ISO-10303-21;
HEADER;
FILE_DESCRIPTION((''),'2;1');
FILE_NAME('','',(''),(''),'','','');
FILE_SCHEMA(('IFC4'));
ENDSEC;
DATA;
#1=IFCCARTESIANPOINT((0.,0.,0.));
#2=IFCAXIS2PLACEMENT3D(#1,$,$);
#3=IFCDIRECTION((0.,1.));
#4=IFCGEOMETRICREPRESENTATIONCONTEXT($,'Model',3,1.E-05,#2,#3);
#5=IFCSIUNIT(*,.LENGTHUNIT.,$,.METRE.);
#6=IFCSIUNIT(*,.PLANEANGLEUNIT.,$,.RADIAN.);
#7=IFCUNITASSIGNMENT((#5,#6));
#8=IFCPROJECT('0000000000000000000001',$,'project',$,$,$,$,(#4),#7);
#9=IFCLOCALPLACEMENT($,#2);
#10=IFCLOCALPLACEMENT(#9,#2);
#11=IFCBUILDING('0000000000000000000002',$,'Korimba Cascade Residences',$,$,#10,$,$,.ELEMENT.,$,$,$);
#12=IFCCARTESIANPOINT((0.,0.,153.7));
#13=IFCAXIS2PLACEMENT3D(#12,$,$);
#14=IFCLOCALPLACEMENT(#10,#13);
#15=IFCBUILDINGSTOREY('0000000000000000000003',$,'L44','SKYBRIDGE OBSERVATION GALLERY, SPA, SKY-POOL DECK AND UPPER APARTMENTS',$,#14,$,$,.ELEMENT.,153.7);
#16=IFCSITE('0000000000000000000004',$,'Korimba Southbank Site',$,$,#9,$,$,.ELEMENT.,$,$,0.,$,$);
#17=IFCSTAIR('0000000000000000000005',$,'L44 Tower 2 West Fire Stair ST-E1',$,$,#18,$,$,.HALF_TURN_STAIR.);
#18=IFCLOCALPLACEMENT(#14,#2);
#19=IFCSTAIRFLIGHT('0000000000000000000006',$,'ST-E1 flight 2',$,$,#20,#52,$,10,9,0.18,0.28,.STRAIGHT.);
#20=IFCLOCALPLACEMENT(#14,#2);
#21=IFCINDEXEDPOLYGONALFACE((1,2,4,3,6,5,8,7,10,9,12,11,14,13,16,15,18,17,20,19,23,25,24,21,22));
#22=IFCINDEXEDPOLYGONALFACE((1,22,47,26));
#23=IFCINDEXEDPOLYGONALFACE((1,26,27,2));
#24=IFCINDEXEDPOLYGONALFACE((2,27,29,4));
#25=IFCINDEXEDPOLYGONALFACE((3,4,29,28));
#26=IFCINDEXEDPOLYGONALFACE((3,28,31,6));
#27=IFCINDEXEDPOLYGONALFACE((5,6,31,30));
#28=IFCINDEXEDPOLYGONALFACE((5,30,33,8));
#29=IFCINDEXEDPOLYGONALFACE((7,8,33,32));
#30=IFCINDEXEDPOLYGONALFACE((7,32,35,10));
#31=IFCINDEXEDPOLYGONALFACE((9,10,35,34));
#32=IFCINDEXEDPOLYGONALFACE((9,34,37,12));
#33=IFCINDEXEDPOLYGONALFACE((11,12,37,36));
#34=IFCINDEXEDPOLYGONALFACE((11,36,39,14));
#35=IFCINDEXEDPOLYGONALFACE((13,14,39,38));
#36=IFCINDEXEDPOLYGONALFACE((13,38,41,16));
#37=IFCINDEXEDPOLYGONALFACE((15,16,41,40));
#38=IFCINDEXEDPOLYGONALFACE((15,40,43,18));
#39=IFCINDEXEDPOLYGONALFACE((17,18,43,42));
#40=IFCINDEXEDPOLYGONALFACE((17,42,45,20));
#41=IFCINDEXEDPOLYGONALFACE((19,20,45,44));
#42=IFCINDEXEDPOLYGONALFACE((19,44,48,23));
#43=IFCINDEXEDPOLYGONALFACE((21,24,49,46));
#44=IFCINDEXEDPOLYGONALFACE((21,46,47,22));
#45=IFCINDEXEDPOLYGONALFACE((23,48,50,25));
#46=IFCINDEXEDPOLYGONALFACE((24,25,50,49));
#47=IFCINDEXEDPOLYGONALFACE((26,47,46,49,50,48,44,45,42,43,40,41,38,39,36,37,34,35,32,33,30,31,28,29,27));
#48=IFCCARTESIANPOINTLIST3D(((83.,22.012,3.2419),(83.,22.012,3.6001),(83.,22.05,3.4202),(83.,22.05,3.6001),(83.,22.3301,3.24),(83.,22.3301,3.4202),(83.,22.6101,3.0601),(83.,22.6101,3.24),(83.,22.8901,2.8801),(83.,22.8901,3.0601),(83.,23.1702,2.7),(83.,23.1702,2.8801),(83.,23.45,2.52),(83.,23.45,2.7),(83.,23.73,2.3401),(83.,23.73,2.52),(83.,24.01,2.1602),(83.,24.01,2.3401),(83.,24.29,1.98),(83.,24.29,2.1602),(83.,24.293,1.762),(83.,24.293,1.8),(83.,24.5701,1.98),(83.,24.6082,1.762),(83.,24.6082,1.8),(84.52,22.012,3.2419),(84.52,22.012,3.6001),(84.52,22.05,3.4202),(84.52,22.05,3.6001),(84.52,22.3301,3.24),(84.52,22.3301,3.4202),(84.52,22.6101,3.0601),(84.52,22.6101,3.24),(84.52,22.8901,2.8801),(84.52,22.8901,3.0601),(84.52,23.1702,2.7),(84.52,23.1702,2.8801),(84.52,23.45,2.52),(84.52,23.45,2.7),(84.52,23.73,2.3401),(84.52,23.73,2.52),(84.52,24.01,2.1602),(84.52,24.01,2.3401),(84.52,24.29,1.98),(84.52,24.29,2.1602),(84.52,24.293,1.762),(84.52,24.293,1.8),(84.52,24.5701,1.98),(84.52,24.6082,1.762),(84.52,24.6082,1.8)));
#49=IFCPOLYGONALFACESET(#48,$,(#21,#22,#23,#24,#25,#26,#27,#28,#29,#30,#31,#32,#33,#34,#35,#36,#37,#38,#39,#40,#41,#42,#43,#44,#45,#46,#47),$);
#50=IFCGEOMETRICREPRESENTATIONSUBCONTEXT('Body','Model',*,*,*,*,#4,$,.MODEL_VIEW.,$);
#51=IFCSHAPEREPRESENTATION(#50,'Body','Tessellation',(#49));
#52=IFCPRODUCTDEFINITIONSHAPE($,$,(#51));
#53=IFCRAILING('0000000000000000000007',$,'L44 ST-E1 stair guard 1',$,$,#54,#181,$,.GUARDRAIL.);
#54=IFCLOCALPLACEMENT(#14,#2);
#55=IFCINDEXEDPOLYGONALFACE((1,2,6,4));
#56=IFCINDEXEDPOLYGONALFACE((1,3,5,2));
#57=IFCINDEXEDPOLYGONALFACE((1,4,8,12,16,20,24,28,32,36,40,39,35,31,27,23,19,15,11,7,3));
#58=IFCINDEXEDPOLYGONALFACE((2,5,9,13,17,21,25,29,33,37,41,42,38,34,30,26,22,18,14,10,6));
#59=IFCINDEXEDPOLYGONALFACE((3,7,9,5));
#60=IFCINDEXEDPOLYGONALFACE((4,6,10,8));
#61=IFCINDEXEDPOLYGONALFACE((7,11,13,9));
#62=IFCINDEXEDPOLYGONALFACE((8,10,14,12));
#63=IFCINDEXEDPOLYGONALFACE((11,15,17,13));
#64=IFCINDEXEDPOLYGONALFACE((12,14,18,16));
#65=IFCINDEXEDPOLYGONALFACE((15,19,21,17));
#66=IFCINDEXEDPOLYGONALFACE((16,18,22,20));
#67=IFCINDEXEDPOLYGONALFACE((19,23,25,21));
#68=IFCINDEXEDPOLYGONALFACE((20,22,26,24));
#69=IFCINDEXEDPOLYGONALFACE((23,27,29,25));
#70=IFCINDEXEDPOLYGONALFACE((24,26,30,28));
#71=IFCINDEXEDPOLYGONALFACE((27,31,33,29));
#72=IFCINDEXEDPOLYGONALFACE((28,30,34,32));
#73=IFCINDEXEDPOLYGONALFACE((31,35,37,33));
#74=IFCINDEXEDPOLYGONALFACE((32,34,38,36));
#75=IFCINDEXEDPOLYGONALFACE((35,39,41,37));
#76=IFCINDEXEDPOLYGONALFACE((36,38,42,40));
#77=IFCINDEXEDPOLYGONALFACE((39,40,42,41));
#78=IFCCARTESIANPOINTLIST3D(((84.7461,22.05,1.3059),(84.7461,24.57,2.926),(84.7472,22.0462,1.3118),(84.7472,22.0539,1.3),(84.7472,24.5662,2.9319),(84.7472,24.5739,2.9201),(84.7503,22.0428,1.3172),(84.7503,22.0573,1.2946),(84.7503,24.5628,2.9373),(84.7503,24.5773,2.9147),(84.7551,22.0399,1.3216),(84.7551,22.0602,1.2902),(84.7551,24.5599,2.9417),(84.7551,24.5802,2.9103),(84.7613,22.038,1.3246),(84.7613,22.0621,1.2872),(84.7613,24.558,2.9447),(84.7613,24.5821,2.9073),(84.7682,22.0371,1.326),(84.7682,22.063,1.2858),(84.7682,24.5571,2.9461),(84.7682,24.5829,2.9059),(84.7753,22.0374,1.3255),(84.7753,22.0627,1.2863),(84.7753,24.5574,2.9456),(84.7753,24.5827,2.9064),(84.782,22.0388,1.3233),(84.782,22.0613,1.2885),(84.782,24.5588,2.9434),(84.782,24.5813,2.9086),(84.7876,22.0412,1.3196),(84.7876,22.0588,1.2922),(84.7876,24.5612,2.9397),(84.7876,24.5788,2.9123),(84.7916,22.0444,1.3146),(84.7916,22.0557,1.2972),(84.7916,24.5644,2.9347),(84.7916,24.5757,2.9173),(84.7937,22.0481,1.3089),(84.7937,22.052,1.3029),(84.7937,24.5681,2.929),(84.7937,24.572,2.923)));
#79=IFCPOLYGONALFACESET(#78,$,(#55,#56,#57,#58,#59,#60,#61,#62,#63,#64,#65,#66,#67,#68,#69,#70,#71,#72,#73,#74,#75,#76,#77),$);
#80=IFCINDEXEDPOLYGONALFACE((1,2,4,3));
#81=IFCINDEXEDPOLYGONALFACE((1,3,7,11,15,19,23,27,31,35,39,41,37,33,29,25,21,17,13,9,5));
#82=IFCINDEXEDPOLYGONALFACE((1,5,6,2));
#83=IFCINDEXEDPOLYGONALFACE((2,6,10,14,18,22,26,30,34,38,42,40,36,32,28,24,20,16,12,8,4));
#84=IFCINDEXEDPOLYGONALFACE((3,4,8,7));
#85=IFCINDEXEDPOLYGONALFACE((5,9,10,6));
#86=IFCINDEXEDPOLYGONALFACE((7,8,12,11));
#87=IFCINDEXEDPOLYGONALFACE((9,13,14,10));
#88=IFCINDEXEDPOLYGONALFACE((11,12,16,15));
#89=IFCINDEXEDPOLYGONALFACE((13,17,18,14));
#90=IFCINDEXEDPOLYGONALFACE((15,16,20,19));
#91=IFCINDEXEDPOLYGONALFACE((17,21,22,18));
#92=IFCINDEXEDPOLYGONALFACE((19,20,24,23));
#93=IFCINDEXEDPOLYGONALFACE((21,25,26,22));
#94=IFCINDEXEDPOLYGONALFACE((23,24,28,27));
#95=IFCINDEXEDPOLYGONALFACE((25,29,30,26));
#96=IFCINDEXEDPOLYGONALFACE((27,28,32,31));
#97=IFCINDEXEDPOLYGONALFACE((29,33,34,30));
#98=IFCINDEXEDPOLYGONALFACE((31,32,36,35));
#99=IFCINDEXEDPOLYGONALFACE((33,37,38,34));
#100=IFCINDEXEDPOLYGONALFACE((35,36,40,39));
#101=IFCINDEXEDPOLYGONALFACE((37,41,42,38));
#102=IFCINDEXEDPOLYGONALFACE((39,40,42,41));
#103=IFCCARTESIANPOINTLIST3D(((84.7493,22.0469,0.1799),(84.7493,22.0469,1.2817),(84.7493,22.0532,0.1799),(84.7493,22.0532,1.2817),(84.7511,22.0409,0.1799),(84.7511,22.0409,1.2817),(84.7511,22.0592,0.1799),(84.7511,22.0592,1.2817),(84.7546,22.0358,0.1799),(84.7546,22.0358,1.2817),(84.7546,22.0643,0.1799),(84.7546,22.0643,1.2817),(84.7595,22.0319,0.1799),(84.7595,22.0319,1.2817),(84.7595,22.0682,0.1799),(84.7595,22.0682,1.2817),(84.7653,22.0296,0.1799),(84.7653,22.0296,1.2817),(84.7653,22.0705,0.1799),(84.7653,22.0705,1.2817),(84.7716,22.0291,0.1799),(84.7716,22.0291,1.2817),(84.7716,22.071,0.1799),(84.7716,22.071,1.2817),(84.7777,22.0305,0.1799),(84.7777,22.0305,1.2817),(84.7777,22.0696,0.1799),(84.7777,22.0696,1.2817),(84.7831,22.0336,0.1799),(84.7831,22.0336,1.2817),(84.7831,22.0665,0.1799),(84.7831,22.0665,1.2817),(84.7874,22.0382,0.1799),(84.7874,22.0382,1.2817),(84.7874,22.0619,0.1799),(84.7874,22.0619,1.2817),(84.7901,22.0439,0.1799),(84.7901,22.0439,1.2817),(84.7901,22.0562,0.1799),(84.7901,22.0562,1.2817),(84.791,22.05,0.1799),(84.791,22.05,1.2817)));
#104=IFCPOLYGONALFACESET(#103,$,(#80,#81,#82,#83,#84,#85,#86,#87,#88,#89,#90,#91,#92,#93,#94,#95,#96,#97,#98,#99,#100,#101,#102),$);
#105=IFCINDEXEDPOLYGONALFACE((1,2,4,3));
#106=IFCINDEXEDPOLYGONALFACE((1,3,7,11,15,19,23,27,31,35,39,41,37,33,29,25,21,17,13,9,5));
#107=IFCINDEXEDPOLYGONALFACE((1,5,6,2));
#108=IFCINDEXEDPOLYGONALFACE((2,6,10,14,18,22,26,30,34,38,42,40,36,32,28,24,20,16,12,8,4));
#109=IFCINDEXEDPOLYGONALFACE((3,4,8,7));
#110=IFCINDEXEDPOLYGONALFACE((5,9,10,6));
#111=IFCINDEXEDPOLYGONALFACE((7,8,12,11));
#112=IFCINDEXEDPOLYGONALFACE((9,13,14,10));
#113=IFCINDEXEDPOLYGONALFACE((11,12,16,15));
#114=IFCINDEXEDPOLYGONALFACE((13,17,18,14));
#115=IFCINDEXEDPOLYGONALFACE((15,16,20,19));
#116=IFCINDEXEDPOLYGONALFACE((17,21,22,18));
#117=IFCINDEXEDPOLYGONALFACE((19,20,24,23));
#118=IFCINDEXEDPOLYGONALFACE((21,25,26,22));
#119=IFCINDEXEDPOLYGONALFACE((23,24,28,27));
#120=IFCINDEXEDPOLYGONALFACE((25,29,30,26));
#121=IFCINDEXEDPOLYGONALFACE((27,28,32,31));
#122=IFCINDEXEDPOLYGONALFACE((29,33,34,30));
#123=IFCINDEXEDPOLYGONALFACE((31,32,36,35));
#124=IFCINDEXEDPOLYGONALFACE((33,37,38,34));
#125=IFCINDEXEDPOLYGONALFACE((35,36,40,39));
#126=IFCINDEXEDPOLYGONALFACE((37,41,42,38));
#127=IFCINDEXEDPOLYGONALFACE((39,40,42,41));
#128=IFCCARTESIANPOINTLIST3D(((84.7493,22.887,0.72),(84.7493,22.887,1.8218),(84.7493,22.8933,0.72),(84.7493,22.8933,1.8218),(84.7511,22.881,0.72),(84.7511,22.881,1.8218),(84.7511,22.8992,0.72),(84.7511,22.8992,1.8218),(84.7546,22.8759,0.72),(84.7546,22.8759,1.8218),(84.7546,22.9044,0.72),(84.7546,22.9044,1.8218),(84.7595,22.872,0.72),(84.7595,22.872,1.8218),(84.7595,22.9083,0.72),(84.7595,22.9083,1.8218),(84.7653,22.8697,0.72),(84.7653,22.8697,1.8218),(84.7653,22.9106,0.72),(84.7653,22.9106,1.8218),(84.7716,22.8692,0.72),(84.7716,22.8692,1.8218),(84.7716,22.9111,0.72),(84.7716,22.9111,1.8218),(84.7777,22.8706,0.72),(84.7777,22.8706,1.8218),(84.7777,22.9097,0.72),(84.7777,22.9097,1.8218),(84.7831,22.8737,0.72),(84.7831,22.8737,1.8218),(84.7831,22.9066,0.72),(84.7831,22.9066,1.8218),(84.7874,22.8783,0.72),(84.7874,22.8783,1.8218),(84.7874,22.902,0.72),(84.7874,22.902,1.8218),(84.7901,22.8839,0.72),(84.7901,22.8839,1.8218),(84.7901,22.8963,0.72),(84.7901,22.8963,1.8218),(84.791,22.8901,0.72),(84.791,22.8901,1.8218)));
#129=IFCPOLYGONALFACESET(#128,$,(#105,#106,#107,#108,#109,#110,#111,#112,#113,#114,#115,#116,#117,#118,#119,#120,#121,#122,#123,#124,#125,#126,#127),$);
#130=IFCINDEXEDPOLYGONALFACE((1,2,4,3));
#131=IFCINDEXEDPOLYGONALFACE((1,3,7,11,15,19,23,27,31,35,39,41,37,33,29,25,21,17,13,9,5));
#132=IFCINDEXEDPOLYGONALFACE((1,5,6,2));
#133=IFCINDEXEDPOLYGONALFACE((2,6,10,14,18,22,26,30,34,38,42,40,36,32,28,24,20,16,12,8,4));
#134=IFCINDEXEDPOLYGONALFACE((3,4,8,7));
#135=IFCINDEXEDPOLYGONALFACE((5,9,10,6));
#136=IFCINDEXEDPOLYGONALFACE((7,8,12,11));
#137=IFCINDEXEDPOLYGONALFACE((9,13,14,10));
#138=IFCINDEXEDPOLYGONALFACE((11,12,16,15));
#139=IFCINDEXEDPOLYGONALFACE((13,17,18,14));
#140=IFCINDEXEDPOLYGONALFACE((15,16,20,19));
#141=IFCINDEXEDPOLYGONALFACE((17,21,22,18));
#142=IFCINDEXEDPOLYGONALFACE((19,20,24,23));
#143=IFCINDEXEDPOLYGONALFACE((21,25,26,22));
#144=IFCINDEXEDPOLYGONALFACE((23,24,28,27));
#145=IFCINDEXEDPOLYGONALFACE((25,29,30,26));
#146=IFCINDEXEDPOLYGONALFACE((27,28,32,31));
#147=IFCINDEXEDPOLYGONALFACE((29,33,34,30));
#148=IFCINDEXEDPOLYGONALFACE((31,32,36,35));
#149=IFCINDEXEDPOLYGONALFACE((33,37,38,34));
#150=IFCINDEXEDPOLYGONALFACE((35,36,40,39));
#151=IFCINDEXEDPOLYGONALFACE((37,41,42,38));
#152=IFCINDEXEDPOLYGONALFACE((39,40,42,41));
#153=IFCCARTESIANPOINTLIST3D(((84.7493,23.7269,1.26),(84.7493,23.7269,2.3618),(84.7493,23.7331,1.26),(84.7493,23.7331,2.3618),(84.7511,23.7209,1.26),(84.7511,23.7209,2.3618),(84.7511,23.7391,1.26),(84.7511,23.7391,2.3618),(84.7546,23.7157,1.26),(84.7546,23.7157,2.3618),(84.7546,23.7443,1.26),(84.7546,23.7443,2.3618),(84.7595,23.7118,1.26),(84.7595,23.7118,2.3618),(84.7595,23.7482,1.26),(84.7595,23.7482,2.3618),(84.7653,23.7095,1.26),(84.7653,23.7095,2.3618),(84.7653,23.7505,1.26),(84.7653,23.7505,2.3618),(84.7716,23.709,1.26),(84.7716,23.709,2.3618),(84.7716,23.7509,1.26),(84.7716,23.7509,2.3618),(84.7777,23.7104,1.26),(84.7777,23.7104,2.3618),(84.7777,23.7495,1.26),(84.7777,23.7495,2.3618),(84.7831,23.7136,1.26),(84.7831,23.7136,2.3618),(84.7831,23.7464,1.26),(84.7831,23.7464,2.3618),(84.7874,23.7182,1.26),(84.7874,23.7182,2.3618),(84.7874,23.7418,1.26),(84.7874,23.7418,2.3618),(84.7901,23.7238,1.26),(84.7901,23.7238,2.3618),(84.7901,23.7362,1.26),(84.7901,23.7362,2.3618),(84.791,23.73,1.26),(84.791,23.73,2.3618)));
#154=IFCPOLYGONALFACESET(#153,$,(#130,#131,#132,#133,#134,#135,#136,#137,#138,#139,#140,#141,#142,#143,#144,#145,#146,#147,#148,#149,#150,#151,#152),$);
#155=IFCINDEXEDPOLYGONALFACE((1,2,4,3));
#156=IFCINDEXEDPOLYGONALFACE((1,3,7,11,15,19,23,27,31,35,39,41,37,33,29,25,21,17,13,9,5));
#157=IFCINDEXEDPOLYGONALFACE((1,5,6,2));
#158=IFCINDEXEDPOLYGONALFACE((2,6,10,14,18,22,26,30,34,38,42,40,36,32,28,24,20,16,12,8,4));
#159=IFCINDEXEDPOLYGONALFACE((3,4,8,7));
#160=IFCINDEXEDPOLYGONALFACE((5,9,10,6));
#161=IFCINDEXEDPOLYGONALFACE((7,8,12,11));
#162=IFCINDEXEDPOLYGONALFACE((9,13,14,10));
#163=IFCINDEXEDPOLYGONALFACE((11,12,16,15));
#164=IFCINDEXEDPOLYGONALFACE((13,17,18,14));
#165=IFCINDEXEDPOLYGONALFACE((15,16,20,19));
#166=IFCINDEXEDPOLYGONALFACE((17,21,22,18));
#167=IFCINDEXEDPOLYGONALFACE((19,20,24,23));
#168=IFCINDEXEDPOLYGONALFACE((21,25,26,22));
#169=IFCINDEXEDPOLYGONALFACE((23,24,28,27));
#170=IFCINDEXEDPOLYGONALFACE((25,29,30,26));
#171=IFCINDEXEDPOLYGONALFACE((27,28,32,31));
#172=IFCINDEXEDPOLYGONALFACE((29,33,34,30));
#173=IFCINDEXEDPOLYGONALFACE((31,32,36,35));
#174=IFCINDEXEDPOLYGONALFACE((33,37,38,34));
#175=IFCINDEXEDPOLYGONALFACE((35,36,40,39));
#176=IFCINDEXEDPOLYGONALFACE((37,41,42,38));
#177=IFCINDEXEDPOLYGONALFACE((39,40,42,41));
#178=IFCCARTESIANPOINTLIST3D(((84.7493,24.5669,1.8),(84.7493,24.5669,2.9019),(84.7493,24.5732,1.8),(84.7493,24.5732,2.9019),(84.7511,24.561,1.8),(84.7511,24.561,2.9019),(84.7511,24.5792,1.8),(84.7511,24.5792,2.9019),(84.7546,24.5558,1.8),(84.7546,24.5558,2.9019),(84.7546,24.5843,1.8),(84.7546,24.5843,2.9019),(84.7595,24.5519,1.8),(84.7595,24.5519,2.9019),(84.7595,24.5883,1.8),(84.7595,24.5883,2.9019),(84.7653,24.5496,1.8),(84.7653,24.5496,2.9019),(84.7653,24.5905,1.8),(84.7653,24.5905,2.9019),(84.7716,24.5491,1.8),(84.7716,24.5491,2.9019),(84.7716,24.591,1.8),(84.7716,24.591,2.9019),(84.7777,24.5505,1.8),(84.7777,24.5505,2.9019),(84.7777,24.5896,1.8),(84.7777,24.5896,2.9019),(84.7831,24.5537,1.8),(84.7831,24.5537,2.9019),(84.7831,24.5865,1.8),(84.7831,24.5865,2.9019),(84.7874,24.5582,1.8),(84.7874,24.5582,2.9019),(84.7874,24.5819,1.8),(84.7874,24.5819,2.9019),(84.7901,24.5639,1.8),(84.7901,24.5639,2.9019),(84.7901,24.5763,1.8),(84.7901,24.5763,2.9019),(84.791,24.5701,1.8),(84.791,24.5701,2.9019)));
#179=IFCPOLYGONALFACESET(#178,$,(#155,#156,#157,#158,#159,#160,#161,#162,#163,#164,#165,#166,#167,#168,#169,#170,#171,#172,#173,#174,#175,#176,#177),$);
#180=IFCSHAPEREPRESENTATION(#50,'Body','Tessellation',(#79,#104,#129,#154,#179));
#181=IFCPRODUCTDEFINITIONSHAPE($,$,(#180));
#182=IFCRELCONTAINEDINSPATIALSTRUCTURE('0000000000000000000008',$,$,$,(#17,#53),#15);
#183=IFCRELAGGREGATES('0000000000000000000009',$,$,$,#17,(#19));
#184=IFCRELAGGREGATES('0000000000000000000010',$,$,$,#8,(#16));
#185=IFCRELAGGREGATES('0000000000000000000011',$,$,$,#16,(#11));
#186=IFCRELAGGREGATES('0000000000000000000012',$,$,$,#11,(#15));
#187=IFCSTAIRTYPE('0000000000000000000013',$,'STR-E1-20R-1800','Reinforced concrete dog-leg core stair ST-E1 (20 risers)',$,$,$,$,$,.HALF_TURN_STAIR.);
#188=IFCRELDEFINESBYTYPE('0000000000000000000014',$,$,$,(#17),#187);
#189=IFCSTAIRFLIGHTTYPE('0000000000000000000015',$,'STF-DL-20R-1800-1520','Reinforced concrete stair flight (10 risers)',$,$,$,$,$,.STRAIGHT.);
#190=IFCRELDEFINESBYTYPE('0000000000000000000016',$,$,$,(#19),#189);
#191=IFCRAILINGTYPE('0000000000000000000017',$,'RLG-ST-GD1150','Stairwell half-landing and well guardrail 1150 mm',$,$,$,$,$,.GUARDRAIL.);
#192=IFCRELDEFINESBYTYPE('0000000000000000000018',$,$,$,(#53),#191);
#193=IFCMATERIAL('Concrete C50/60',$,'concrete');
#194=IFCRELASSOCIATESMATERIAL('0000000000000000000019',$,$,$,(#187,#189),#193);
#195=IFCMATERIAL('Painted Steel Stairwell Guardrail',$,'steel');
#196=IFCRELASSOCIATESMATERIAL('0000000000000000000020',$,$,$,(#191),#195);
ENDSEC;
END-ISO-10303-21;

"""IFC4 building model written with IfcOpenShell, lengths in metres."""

from ifc_helpers import new_model, si_unit, direction, frame, origin, origin_2d, place, context, subcontext, project, spatial, polyline, circle, outline, extrude, material, type_object, element, aggregate, save


model = new_model("IFC4")

# Units and contexts
model_context = context("Model", 3, precision=1e-05, world=origin(), true_north=direction((0.0, 1.0)))
body_context = subcontext(model_context, "Body", "Model", "MODEL_VIEW")
ifc_project = project(units=[si_unit("LENGTHUNIT", "METRE"), si_unit("PLANEANGLEUNIT", "RADIAN")], contexts=[model_context])

# Site, building, storey
site_placement = place(None, origin())
site = spatial("IfcSite", under=ifc_project, at=site_placement, Name="Korimba Southbank Site", CompositionType="ELEMENT", RefElevation=0.0)
building_placement = place(site_placement, origin())
building = spatial("IfcBuilding", under=site, at=building_placement, Name="Korimba Cascade Residences", CompositionType="ELEMENT")
storey_placement = place(building_placement, frame((0.0, 0.0, 153.7)))
storey = spatial("IfcBuildingStorey", under=building, at=storey_placement, Name="L44", Description="SKYBRIDGE OBSERVATION GALLERY, SPA, SKY-POOL DECK AND UPPER APARTMENTS", CompositionType="ELEMENT", Elevation=153.7)

# Shared definitions
ifc_material_1 = material(Name="Concrete C50/60", Category="concrete")

# Stair, stair flight
stair_type = type_object("IfcStairType", Name="STR-E1-20R-1800", Description="Reinforced concrete dog-leg core stair ST-E1 (20 risers)", PredefinedType="HALF_TURN_STAIR", material=ifc_material_1)
stair_placement = place(storey_placement, origin())
stair = element("IfcStair", 1, at=stair_placement, inside=storey, type_object=stair_type, Name="L44 Tower 2 West Fire Stair ST-E1", PredefinedType="HALF_TURN_STAIR")
stair_flight_type = type_object("IfcStairFlightType", Name="STF-DL-20R-1800-1520", Description="Reinforced concrete stair flight (10 risers)", PredefinedType="STRAIGHT", material=ifc_material_1)
stair_flight_1_placement = place(storey_placement, frame((83.76, 24.5701, 1.8), z_axis=(0.0, 0.0, 1.0), x_axis=(0.0, -1.0, 0.0)))
stair_flight_1 = element("IfcStairFlight", 2, at=stair_flight_1_placement, type_object=stair_flight_type, Name="ST-E1 flight 2", NumberOfRisers=10, NumberOfTreads=9, PredefinedType="STRAIGHT", RiserHeight=0.18, TreadLength=0.28, context=body_context, shape_type="SweptSolid", body=[
    extrude(outline(polyline([(-0.0381, 0.0), (0.0, 0.1799), (0.28, 0.1799), (0.28, 0.3601), (0.5601, 0.3601), (0.5601, 0.54), (0.8401, 0.54), (0.8401, 0.72), (1.1201, 0.72), (1.1201, 0.8999), (1.3999, 0.8999), (1.3999, 1.0801), (1.6799, 1.0801), (1.6799, 1.26), (1.96, 1.26), (1.96, 1.4399), (2.24, 1.4399), (2.24, 1.6201), (2.52, 1.6201), (2.52, 1.8), (2.5581, 1.8), (2.5581, 1.4419), (0.2771, 0.0), (0.2771, -0.0381), (-0.0381, -0.0381), (-0.0381, 0.0)])), frame((0.0, 0.76, 0.0), z_axis=(0.0, -1.0, 0.0), x_axis=(1.0, 0.0, 0.0)), (0.0, 0.0, 1.0), 1.52),
])
aggregate(stair, [stair_flight_1])

# Railing
ifc_material_2 = material(Name="Painted Steel Stairwell Guardrail", Category="steel")
railing_type_1 = type_object("IfcRailingType", Name="RLG-ST-GD1150", Description="Stairwell half-landing and well guardrail 1150 mm", PredefinedType="GUARDRAIL", material=ifc_material_2)
railing_1_placement = place(storey_placement, frame((84.77, 22.05, 0.1799)))
element("IfcRailing", 3, at=railing_1_placement, inside=storey, type_object=railing_type_1, Name="L44 ST-E1 stair guard 1", PredefinedType="GUARDRAIL", context=body_context, shape_type="SweptSolid", body=[
    extrude(circle(Radius=0.0239, at=origin_2d()), frame((0.0, 0.0, 1.126), z_axis=(0.0, 0.841163, 0.540782), x_axis=(-1.0, 0.0, 0.0)), (0.0, 0.0, 1.0), 2.9958),
    extrude(circle(Radius=0.021, at=origin_2d()), origin(), (0.0, 0.0, 1.0), 1.1018),
    extrude(circle(Radius=0.021, at=origin_2d()), frame((0.0, 0.8401, 0.54)), (0.0, 0.0, 1.0), 1.1018),
    extrude(circle(Radius=0.021, at=origin_2d()), frame((0.0, 1.6799, 1.0801)), (0.0, 0.0, 1.0), 1.1018),
    extrude(circle(Radius=0.021, at=origin_2d()), frame((0.0, 2.52, 1.6201)), (0.0, 0.0, 1.0), 1.1018),
])

save(model, "model.ifc")
